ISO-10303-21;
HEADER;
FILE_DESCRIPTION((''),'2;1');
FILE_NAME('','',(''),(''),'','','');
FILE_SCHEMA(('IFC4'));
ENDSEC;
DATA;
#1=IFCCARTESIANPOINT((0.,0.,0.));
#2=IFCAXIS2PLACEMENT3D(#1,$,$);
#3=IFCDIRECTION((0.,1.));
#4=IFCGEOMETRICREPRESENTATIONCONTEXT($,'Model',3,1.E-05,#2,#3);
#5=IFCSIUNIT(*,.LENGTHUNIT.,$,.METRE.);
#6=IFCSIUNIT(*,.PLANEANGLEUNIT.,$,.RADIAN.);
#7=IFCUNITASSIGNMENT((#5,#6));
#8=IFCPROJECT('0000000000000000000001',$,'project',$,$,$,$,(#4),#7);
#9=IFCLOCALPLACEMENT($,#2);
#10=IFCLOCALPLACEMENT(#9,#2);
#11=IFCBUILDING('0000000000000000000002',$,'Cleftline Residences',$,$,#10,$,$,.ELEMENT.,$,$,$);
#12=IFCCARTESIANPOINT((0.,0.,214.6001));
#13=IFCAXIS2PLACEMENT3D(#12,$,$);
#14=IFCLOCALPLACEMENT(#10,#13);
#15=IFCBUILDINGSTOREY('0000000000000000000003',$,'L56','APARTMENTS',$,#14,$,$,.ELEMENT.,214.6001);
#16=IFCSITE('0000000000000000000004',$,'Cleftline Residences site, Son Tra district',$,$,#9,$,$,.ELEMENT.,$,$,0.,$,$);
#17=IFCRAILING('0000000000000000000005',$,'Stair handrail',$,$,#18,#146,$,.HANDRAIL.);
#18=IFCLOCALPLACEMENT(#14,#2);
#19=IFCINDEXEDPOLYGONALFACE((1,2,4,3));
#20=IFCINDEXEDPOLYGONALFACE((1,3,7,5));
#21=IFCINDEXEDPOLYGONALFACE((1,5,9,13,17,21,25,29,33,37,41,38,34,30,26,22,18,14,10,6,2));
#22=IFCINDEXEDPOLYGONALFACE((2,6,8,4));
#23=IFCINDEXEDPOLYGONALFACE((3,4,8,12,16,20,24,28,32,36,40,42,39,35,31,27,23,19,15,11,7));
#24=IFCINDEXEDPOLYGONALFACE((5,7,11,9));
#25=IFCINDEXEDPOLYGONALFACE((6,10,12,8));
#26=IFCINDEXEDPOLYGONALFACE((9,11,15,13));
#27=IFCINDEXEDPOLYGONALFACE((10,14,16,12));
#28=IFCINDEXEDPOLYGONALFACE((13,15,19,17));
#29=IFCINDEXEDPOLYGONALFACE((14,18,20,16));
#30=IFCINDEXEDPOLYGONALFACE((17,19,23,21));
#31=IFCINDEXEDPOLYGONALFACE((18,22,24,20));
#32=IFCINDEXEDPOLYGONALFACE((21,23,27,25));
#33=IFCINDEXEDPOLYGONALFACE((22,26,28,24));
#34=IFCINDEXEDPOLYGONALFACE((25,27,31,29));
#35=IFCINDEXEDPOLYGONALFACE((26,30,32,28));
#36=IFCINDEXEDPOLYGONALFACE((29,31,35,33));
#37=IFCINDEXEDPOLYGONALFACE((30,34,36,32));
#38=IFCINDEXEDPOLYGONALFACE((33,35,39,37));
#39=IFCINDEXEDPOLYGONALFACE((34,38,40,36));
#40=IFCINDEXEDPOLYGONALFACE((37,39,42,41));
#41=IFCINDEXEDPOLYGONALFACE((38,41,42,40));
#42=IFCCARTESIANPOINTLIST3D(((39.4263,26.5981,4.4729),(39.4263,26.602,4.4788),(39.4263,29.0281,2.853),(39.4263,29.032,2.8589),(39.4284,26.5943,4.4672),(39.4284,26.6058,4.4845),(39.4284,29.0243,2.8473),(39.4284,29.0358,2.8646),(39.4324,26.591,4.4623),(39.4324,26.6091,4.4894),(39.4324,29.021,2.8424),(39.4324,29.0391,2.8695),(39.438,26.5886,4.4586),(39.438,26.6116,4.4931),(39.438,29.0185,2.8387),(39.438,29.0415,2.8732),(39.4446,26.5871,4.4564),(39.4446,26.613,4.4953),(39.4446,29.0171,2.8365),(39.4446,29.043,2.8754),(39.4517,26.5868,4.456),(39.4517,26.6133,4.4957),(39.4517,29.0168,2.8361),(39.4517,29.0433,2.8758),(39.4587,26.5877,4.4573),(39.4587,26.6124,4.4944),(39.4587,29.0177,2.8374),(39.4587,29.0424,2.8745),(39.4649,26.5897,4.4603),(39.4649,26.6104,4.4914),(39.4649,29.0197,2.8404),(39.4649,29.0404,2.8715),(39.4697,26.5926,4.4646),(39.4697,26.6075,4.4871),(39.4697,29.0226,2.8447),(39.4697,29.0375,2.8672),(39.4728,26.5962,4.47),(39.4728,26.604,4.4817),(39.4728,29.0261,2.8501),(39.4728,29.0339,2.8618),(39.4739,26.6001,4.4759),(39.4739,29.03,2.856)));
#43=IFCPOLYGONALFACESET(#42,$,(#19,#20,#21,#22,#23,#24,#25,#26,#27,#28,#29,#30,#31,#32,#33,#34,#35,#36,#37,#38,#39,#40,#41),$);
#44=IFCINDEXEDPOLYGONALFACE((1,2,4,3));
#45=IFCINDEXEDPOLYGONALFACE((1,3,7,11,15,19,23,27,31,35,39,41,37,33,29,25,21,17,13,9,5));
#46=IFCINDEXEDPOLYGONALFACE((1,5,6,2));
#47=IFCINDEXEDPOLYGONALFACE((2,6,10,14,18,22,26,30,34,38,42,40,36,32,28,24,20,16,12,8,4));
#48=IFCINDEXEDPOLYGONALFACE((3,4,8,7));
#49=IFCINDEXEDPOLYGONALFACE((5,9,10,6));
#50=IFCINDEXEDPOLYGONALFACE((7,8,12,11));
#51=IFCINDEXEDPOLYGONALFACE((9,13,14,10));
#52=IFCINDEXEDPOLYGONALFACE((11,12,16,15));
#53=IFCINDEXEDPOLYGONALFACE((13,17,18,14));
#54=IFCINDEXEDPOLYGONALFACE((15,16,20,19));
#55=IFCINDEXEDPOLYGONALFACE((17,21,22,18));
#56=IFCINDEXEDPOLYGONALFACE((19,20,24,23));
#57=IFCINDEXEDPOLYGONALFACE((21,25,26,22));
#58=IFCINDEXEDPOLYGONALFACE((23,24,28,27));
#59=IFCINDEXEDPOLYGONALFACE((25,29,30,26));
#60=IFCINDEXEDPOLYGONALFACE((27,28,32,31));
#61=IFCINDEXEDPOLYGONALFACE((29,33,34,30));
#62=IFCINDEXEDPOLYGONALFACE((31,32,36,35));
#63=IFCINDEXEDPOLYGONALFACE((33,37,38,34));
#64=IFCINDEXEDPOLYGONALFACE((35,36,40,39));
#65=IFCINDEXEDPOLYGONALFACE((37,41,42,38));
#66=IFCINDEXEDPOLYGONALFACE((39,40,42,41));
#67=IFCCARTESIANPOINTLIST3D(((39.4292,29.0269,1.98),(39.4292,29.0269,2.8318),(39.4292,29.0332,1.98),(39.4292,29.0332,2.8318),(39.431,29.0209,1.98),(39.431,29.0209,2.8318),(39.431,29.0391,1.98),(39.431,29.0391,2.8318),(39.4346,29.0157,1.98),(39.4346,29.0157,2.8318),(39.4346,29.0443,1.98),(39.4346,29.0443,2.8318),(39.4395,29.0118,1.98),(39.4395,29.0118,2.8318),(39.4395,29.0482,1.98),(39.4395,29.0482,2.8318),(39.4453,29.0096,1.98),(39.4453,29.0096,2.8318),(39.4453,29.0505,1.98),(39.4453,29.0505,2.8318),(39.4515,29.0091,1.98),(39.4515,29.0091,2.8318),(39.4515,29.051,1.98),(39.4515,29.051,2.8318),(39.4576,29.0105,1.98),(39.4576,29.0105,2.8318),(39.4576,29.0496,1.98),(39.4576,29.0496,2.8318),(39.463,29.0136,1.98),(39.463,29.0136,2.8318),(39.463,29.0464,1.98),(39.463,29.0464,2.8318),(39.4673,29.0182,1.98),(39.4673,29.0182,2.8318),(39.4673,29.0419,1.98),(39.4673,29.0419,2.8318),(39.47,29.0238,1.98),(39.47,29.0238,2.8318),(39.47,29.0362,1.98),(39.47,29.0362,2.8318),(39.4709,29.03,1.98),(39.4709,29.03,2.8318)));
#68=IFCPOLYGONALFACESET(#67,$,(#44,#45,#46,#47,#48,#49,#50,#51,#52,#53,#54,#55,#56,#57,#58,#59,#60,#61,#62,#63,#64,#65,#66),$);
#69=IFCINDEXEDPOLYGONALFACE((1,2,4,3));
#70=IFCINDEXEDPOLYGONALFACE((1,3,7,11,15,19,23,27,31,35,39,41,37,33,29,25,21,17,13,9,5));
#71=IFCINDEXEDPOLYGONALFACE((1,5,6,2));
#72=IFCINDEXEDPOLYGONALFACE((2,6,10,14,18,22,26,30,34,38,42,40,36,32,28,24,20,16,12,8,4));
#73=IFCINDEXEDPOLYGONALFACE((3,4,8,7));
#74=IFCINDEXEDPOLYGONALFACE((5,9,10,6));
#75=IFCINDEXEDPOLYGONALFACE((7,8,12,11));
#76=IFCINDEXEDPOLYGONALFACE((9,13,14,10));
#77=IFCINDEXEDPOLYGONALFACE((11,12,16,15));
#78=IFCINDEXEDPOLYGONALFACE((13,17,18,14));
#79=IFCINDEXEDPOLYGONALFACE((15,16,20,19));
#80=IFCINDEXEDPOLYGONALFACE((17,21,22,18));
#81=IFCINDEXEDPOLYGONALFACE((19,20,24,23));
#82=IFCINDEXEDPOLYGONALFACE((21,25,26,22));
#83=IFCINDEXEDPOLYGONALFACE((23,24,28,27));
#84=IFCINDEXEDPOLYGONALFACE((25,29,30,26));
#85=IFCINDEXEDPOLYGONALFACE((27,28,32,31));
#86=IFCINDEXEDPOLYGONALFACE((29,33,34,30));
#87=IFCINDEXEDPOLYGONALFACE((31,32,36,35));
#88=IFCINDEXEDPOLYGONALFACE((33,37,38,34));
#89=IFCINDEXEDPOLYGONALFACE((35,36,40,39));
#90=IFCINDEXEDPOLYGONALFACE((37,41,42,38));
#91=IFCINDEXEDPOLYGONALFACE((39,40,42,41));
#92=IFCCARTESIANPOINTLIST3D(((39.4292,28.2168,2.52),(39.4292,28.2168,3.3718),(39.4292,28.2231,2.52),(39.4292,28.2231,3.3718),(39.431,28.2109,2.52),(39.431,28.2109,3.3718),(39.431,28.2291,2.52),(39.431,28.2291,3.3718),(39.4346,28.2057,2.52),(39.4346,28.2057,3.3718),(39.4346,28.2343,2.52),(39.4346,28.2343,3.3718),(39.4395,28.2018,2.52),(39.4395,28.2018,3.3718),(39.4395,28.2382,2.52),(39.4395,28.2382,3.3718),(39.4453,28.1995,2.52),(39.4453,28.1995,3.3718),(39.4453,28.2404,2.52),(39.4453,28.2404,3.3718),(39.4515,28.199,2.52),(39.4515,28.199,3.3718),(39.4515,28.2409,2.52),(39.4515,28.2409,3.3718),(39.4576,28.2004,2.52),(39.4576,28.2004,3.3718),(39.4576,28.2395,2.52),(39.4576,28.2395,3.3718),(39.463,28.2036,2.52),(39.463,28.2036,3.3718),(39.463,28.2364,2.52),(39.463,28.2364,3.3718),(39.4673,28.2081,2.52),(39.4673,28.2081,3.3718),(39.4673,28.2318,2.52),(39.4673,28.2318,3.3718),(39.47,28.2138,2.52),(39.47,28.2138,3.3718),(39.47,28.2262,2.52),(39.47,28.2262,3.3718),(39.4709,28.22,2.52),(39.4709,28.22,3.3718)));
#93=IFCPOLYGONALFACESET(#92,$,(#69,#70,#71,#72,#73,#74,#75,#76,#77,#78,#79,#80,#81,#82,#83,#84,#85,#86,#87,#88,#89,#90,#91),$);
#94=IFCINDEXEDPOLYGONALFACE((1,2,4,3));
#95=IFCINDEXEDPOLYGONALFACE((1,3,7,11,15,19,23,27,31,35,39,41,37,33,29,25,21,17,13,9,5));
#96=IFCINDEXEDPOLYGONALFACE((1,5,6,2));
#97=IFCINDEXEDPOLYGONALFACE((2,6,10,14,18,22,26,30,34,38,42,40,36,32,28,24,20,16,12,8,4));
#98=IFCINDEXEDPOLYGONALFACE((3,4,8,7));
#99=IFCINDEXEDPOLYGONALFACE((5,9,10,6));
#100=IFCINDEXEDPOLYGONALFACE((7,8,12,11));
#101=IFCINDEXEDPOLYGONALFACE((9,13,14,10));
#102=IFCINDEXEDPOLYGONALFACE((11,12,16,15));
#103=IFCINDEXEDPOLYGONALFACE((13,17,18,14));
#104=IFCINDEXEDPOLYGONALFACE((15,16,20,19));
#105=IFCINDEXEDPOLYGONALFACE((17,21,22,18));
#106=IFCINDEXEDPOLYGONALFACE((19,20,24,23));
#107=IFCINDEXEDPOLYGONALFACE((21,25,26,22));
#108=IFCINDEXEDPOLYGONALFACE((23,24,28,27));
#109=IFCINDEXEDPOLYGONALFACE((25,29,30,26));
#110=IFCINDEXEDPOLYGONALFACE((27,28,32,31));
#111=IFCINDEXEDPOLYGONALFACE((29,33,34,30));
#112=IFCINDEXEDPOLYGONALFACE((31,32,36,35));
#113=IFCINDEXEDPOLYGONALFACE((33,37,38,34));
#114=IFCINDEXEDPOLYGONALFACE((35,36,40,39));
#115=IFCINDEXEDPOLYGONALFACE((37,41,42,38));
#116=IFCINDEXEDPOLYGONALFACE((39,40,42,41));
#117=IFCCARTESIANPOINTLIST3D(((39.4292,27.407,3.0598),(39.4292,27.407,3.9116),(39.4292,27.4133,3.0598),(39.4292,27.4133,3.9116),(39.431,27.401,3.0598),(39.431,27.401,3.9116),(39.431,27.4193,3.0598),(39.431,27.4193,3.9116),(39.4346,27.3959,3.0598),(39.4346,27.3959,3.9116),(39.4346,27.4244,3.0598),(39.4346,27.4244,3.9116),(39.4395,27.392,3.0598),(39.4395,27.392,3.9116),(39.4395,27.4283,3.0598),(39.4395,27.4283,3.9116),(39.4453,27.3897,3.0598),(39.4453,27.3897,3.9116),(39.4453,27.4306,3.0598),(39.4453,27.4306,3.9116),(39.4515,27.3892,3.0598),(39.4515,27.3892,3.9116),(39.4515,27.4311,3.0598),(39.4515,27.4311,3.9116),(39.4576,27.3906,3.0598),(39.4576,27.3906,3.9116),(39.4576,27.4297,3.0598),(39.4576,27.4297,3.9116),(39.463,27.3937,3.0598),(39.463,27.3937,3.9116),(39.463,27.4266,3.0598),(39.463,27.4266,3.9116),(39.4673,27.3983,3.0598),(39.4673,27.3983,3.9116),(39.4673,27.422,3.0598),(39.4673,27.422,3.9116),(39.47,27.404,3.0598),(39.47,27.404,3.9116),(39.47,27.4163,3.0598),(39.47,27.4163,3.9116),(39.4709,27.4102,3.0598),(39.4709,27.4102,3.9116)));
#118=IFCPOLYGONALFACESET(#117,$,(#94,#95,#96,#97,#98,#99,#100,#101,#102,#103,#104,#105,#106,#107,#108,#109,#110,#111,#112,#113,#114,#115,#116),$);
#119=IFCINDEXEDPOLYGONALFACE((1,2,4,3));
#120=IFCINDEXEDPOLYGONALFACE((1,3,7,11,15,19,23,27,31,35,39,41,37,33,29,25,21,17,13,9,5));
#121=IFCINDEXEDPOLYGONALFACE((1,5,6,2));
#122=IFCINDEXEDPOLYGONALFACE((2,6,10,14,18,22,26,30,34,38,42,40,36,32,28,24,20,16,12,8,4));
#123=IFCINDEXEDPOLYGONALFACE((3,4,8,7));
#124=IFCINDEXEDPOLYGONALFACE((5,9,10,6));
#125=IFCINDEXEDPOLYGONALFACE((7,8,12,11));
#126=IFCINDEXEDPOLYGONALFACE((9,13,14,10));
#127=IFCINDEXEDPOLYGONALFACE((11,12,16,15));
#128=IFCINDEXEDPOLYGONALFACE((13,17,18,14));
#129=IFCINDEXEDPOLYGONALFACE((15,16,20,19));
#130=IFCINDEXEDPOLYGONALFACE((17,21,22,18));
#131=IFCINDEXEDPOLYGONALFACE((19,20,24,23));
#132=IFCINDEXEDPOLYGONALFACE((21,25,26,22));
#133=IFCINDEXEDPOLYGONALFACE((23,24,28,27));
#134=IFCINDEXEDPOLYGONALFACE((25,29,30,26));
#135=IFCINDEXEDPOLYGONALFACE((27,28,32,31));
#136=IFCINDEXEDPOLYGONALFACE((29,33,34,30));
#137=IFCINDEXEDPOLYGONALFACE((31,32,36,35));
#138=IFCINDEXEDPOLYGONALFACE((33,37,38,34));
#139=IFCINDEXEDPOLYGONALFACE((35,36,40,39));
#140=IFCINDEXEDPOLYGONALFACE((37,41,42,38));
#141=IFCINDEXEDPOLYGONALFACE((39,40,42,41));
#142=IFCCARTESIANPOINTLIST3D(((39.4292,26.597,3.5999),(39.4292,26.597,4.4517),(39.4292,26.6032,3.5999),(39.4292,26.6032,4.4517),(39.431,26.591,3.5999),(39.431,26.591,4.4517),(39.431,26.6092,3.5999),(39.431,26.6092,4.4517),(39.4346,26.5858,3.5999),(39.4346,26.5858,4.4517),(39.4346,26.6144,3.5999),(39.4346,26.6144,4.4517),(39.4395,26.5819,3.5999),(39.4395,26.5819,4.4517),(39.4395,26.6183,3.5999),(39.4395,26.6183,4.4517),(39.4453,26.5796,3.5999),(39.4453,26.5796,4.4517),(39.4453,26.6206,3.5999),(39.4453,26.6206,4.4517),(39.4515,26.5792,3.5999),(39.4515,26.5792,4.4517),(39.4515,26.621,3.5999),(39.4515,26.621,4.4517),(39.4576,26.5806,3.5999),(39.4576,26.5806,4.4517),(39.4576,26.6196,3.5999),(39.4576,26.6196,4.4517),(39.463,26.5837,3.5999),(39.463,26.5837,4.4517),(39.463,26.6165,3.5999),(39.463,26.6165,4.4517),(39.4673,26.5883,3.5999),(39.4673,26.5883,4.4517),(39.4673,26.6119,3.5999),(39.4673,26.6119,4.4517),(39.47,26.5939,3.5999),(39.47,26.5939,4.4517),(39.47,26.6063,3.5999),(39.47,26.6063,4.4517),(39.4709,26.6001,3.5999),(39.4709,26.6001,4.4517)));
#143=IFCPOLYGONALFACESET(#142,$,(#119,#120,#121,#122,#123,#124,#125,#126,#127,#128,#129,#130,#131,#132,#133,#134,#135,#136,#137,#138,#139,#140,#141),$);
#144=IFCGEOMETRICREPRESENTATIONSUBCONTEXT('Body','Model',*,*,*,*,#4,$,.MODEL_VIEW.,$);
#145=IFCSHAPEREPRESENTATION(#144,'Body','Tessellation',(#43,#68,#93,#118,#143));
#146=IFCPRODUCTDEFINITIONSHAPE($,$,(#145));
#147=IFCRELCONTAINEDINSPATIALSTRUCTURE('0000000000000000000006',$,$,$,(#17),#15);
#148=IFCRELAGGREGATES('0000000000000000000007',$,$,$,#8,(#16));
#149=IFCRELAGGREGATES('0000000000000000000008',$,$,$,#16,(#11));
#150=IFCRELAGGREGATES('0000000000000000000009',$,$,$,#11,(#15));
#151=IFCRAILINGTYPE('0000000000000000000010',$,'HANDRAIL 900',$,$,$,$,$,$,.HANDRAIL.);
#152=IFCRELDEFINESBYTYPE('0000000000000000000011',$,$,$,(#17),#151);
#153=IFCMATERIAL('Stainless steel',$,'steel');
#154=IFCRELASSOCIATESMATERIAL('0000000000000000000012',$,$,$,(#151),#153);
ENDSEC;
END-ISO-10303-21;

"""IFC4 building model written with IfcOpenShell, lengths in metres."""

from ifc_helpers import new_model, si_unit, direction, frame, origin, origin_2d, place, context, subcontext, project, spatial, circle, extrude, material, type_object, element, save


model = new_model("IFC4")

# Units and contexts
model_context = context("Model", 3, precision=1e-05, world=origin(), true_north=direction((0.0, 1.0)))
body_context = subcontext(model_context, "Body", "Model", "MODEL_VIEW")
ifc_project = project(units=[si_unit("LENGTHUNIT", "METRE"), si_unit("PLANEANGLEUNIT", "RADIAN")], contexts=[model_context])

# Site, building, storey
site_placement = place(None, origin())
site = spatial("IfcSite", under=ifc_project, at=site_placement, Name="Cleftline Residences site, Son Tra district", CompositionType="ELEMENT", RefElevation=0.0)
building_placement = place(site_placement, origin())
building = spatial("IfcBuilding", under=site, at=building_placement, Name="Cleftline Residences", CompositionType="ELEMENT")
storey_placement = place(building_placement, frame((0.0, 0.0, 214.6001)))
storey = spatial("IfcBuildingStorey", under=building, at=storey_placement, Name="L56", Description="APARTMENTS", CompositionType="ELEMENT", Elevation=214.6001)

# Railing
ifc_material_1 = material(Name="Stainless steel", Category="steel")
railing_type = type_object("IfcRailingType", Name="HANDRAIL 900", PredefinedType="HANDRAIL", material=ifc_material_1)
railing_1_placement = place(storey_placement, frame((39.45, 29.03, 1.98)))
element("IfcRailing", 1, at=railing_1_placement, inside=storey, type_object=railing_type, Name="Stair handrail", PredefinedType="HANDRAIL", context=body_context, shape_type="SweptSolid", body=[
    extrude(circle(Radius=0.0239, at=origin_2d()), frame((0.0, 0.0, 0.876), z_axis=(0.0, -0.832063, 0.554681), x_axis=(1.0, 0.0, 0.0)), (0.0, 0.0, 1.0), 2.9204),
    extrude(circle(Radius=0.021, at=origin_2d()), origin(), (0.0, 0.0, 1.0), 0.8518),
    extrude(circle(Radius=0.021, at=origin_2d()), frame((0.0, -0.8101, 0.54)), (0.0, 0.0, 1.0), 0.8518),
    extrude(circle(Radius=0.021, at=origin_2d()), frame((0.0, -1.6199, 1.0798)), (0.0, 0.0, 1.0), 0.8518),
    extrude(circle(Radius=0.021, at=origin_2d()), frame((0.0, -2.4299, 1.6199)), (0.0, 0.0, 1.0), 0.8518),
])

save(model, "model.ifc")
